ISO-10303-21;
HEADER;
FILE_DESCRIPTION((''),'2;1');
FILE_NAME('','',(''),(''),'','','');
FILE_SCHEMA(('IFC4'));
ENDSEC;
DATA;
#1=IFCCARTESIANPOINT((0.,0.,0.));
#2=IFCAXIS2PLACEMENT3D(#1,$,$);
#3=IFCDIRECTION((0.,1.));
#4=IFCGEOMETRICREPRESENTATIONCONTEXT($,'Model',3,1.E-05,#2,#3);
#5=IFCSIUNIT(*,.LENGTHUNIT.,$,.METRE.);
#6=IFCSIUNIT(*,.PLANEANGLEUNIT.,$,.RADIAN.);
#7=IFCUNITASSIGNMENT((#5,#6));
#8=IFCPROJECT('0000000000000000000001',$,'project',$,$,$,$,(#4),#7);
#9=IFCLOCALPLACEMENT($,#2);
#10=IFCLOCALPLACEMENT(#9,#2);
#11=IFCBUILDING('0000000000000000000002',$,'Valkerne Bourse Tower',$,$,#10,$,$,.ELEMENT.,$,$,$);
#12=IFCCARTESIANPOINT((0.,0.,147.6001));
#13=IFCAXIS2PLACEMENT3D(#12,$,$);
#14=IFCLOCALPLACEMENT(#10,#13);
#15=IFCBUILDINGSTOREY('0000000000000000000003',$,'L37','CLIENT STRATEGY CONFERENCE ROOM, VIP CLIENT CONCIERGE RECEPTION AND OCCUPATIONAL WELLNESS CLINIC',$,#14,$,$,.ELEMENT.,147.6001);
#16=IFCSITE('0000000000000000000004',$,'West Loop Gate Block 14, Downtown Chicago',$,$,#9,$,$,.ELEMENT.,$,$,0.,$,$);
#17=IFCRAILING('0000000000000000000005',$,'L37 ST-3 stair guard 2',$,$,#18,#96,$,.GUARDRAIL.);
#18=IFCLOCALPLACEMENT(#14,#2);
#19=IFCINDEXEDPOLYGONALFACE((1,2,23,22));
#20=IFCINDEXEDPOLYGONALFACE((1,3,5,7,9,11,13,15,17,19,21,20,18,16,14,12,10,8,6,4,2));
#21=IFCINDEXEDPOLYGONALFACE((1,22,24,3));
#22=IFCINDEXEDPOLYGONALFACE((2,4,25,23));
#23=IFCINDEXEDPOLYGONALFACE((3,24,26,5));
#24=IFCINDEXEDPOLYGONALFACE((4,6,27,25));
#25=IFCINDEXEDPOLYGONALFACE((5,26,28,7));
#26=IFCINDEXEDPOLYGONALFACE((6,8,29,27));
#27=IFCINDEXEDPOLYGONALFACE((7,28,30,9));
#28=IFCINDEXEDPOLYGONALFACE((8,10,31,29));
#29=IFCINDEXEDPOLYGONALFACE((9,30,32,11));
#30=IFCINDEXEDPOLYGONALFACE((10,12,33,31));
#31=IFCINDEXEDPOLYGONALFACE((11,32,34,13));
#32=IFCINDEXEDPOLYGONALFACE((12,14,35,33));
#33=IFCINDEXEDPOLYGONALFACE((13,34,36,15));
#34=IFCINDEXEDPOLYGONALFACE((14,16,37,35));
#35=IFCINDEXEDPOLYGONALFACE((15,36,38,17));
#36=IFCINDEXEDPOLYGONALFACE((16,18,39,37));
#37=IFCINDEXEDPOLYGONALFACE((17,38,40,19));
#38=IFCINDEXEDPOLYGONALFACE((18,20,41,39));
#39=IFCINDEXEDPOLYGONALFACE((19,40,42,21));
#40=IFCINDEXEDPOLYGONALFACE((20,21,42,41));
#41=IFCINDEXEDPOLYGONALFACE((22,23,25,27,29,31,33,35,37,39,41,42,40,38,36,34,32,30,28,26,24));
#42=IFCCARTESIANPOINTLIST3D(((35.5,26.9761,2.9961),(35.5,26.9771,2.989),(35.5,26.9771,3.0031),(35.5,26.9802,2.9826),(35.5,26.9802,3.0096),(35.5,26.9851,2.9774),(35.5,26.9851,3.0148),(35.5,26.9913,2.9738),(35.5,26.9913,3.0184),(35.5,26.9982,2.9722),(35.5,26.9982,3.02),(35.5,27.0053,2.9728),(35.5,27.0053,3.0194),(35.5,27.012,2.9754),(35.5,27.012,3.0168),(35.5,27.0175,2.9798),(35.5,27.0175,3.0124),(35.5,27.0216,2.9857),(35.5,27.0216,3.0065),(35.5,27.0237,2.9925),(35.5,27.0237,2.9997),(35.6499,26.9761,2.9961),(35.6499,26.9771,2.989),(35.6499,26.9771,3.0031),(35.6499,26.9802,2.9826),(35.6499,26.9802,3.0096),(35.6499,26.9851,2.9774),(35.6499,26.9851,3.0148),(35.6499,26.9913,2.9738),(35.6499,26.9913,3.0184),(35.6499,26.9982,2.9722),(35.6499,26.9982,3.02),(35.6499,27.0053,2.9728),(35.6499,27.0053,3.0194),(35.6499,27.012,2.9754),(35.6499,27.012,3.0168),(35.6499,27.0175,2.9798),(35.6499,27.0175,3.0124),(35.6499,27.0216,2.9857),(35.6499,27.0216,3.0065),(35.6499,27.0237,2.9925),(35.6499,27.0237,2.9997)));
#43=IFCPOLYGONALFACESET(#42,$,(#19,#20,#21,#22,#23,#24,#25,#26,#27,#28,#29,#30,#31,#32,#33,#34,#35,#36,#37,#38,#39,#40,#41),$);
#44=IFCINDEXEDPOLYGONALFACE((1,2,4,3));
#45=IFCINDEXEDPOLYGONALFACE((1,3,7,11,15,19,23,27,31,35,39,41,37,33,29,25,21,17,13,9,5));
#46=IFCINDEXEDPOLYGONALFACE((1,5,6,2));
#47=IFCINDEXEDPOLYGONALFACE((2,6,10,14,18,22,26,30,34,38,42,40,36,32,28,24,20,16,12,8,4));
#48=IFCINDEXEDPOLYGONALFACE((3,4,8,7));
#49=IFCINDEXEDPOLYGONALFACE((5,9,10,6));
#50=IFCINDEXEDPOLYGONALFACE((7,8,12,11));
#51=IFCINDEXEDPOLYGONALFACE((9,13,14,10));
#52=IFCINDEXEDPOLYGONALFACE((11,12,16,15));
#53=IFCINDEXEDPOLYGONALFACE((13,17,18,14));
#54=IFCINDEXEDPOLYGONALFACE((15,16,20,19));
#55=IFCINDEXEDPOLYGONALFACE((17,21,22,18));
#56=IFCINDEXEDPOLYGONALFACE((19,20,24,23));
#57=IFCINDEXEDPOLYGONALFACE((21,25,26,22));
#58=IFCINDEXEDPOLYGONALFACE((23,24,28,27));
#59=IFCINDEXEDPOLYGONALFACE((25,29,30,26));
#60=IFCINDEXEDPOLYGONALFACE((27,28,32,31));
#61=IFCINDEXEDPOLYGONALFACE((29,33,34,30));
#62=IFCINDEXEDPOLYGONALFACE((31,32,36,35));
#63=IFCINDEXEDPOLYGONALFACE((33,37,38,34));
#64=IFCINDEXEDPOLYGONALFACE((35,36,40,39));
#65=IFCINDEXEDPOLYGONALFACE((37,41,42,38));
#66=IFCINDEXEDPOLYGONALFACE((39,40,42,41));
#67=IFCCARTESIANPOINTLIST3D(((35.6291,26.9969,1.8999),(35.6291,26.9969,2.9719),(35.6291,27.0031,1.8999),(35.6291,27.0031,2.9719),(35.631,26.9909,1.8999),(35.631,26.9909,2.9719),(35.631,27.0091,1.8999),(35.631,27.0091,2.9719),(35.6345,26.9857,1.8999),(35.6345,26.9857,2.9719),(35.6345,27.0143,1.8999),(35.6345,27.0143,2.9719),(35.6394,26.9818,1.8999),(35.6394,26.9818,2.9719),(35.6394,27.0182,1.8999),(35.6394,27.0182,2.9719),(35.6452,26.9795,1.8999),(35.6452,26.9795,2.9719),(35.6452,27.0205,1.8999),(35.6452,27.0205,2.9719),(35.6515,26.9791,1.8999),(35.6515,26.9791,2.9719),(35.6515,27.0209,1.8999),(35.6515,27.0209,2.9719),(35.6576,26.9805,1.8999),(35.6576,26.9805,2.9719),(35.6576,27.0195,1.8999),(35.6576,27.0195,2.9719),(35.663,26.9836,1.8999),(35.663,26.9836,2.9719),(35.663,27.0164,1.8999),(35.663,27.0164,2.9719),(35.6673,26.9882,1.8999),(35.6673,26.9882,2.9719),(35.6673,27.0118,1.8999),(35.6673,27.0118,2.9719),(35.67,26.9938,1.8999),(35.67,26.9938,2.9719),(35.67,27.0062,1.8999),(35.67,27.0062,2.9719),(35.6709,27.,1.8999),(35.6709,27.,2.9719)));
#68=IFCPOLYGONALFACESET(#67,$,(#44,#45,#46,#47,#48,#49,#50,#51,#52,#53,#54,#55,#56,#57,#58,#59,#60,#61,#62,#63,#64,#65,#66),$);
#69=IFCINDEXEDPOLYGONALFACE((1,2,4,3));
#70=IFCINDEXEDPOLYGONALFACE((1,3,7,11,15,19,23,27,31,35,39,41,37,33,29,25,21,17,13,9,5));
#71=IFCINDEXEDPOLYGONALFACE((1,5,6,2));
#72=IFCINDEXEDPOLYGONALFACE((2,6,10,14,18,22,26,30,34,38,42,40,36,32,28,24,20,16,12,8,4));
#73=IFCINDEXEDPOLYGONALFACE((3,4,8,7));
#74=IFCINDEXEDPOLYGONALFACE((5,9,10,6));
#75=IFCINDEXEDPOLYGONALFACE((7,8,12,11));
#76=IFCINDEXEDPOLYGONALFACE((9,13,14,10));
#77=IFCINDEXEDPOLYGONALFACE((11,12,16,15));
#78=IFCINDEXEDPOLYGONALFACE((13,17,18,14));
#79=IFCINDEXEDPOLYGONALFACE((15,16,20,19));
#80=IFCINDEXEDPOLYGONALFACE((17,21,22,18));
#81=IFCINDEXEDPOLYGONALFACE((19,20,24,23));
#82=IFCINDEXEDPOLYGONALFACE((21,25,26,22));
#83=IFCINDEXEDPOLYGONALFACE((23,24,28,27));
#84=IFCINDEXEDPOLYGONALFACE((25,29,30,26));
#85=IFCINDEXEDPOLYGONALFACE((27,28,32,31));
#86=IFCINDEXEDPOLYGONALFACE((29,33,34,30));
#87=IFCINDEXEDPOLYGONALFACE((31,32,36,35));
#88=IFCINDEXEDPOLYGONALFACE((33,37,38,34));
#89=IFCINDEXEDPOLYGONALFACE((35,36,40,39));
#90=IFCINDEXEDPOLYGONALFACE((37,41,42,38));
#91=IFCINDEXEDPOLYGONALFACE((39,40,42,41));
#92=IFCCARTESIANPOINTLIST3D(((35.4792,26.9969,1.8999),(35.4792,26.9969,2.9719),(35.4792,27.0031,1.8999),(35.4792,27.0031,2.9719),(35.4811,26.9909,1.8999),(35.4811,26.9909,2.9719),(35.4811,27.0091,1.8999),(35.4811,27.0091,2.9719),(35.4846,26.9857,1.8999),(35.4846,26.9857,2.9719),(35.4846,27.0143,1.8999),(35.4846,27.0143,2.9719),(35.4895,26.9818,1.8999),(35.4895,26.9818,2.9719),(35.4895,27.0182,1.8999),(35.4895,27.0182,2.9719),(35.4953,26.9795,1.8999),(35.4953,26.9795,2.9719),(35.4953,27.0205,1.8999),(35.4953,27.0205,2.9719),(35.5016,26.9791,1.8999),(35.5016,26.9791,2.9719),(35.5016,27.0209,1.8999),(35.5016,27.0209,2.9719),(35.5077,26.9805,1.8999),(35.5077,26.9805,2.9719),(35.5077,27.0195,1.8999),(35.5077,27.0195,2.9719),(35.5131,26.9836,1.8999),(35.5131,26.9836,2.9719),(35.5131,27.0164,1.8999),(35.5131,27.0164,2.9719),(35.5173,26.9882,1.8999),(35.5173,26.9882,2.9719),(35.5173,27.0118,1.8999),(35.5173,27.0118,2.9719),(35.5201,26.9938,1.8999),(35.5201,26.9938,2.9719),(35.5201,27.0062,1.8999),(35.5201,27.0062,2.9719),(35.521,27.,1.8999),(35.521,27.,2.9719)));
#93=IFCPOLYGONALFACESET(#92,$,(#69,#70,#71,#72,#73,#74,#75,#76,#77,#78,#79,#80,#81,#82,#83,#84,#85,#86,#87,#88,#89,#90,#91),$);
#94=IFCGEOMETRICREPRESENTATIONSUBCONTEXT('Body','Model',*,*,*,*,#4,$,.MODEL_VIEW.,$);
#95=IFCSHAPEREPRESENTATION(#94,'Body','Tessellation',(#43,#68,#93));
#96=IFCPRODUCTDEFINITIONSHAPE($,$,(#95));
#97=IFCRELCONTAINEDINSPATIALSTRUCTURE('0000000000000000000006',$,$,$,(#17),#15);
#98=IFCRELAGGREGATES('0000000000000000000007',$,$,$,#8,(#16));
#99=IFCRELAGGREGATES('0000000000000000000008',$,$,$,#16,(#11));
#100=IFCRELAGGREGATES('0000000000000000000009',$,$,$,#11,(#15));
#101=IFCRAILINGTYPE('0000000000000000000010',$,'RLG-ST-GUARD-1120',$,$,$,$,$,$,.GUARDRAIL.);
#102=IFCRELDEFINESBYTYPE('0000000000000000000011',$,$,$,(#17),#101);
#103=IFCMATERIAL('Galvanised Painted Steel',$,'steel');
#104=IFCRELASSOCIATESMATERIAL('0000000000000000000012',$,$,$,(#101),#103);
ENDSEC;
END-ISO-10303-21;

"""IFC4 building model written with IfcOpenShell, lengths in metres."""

from ifc_helpers import new_model, si_unit, direction, frame, origin, origin_2d, place, context, subcontext, project, spatial, circle, extrude, material, type_object, element, save


model = new_model("IFC4")

# Units and contexts
model_context = context("Model", 3, precision=1e-05, world=origin(), true_north=direction((0.0, 1.0)))
body_context = subcontext(model_context, "Body", "Model", "MODEL_VIEW")
ifc_project = project(units=[si_unit("LENGTHUNIT", "METRE"), si_unit("PLANEANGLEUNIT", "RADIAN")], contexts=[model_context])

# Site, building, storey
site_placement = place(None, origin())
site = spatial("IfcSite", under=ifc_project, at=site_placement, Name="West Loop Gate Block 14, Downtown Chicago", CompositionType="ELEMENT", RefElevation=0.0)
building_placement = place(site_placement, origin())
building = spatial("IfcBuilding", under=site, at=building_placement, Name="Valkerne Bourse Tower", CompositionType="ELEMENT")
storey_placement = place(building_placement, frame((0.0, 0.0, 147.6001)))
storey = spatial("IfcBuildingStorey", under=building, at=storey_placement, Name="L37", Description="CLIENT STRATEGY CONFERENCE ROOM, VIP CLIENT CONCIERGE RECEPTION AND OCCUPATIONAL WELLNESS CLINIC", CompositionType="ELEMENT", Elevation=147.6001)

# Railing
ifc_material_1 = material(Name="Galvanised Painted Steel", Category="steel")
railing_type_1 = type_object("IfcRailingType", Name="RLG-ST-GUARD-1120", PredefinedType="GUARDRAIL", material=ifc_material_1)
railing_1_placement = place(storey_placement, frame((35.6499, 27.0, 1.8999)))
element("IfcRailing", 1, at=railing_1_placement, inside=storey, type_object=railing_type_1, Name="L37 ST-3 stair guard 2", PredefinedType="GUARDRAIL", context=body_context, shape_type="SweptSolid", body=[
    extrude(circle(Radius=0.0239, at=origin_2d()), frame((0.0, 0.0, 1.0962), z_axis=(-1.0, 0.0, 0.0), x_axis=(0.0, -1.0, 0.0)), (0.0, 0.0, 1.0), 0.1499),
    extrude(circle(Radius=0.021, at=origin_2d()), origin(), (0.0, 0.0, 1.0), 1.072),
    extrude(circle(Radius=0.021, at=origin_2d()), frame((-0.1499, 0.0, 0.0)), (0.0, 0.0, 1.0), 1.072),
])

save(model, "model.ifc")
